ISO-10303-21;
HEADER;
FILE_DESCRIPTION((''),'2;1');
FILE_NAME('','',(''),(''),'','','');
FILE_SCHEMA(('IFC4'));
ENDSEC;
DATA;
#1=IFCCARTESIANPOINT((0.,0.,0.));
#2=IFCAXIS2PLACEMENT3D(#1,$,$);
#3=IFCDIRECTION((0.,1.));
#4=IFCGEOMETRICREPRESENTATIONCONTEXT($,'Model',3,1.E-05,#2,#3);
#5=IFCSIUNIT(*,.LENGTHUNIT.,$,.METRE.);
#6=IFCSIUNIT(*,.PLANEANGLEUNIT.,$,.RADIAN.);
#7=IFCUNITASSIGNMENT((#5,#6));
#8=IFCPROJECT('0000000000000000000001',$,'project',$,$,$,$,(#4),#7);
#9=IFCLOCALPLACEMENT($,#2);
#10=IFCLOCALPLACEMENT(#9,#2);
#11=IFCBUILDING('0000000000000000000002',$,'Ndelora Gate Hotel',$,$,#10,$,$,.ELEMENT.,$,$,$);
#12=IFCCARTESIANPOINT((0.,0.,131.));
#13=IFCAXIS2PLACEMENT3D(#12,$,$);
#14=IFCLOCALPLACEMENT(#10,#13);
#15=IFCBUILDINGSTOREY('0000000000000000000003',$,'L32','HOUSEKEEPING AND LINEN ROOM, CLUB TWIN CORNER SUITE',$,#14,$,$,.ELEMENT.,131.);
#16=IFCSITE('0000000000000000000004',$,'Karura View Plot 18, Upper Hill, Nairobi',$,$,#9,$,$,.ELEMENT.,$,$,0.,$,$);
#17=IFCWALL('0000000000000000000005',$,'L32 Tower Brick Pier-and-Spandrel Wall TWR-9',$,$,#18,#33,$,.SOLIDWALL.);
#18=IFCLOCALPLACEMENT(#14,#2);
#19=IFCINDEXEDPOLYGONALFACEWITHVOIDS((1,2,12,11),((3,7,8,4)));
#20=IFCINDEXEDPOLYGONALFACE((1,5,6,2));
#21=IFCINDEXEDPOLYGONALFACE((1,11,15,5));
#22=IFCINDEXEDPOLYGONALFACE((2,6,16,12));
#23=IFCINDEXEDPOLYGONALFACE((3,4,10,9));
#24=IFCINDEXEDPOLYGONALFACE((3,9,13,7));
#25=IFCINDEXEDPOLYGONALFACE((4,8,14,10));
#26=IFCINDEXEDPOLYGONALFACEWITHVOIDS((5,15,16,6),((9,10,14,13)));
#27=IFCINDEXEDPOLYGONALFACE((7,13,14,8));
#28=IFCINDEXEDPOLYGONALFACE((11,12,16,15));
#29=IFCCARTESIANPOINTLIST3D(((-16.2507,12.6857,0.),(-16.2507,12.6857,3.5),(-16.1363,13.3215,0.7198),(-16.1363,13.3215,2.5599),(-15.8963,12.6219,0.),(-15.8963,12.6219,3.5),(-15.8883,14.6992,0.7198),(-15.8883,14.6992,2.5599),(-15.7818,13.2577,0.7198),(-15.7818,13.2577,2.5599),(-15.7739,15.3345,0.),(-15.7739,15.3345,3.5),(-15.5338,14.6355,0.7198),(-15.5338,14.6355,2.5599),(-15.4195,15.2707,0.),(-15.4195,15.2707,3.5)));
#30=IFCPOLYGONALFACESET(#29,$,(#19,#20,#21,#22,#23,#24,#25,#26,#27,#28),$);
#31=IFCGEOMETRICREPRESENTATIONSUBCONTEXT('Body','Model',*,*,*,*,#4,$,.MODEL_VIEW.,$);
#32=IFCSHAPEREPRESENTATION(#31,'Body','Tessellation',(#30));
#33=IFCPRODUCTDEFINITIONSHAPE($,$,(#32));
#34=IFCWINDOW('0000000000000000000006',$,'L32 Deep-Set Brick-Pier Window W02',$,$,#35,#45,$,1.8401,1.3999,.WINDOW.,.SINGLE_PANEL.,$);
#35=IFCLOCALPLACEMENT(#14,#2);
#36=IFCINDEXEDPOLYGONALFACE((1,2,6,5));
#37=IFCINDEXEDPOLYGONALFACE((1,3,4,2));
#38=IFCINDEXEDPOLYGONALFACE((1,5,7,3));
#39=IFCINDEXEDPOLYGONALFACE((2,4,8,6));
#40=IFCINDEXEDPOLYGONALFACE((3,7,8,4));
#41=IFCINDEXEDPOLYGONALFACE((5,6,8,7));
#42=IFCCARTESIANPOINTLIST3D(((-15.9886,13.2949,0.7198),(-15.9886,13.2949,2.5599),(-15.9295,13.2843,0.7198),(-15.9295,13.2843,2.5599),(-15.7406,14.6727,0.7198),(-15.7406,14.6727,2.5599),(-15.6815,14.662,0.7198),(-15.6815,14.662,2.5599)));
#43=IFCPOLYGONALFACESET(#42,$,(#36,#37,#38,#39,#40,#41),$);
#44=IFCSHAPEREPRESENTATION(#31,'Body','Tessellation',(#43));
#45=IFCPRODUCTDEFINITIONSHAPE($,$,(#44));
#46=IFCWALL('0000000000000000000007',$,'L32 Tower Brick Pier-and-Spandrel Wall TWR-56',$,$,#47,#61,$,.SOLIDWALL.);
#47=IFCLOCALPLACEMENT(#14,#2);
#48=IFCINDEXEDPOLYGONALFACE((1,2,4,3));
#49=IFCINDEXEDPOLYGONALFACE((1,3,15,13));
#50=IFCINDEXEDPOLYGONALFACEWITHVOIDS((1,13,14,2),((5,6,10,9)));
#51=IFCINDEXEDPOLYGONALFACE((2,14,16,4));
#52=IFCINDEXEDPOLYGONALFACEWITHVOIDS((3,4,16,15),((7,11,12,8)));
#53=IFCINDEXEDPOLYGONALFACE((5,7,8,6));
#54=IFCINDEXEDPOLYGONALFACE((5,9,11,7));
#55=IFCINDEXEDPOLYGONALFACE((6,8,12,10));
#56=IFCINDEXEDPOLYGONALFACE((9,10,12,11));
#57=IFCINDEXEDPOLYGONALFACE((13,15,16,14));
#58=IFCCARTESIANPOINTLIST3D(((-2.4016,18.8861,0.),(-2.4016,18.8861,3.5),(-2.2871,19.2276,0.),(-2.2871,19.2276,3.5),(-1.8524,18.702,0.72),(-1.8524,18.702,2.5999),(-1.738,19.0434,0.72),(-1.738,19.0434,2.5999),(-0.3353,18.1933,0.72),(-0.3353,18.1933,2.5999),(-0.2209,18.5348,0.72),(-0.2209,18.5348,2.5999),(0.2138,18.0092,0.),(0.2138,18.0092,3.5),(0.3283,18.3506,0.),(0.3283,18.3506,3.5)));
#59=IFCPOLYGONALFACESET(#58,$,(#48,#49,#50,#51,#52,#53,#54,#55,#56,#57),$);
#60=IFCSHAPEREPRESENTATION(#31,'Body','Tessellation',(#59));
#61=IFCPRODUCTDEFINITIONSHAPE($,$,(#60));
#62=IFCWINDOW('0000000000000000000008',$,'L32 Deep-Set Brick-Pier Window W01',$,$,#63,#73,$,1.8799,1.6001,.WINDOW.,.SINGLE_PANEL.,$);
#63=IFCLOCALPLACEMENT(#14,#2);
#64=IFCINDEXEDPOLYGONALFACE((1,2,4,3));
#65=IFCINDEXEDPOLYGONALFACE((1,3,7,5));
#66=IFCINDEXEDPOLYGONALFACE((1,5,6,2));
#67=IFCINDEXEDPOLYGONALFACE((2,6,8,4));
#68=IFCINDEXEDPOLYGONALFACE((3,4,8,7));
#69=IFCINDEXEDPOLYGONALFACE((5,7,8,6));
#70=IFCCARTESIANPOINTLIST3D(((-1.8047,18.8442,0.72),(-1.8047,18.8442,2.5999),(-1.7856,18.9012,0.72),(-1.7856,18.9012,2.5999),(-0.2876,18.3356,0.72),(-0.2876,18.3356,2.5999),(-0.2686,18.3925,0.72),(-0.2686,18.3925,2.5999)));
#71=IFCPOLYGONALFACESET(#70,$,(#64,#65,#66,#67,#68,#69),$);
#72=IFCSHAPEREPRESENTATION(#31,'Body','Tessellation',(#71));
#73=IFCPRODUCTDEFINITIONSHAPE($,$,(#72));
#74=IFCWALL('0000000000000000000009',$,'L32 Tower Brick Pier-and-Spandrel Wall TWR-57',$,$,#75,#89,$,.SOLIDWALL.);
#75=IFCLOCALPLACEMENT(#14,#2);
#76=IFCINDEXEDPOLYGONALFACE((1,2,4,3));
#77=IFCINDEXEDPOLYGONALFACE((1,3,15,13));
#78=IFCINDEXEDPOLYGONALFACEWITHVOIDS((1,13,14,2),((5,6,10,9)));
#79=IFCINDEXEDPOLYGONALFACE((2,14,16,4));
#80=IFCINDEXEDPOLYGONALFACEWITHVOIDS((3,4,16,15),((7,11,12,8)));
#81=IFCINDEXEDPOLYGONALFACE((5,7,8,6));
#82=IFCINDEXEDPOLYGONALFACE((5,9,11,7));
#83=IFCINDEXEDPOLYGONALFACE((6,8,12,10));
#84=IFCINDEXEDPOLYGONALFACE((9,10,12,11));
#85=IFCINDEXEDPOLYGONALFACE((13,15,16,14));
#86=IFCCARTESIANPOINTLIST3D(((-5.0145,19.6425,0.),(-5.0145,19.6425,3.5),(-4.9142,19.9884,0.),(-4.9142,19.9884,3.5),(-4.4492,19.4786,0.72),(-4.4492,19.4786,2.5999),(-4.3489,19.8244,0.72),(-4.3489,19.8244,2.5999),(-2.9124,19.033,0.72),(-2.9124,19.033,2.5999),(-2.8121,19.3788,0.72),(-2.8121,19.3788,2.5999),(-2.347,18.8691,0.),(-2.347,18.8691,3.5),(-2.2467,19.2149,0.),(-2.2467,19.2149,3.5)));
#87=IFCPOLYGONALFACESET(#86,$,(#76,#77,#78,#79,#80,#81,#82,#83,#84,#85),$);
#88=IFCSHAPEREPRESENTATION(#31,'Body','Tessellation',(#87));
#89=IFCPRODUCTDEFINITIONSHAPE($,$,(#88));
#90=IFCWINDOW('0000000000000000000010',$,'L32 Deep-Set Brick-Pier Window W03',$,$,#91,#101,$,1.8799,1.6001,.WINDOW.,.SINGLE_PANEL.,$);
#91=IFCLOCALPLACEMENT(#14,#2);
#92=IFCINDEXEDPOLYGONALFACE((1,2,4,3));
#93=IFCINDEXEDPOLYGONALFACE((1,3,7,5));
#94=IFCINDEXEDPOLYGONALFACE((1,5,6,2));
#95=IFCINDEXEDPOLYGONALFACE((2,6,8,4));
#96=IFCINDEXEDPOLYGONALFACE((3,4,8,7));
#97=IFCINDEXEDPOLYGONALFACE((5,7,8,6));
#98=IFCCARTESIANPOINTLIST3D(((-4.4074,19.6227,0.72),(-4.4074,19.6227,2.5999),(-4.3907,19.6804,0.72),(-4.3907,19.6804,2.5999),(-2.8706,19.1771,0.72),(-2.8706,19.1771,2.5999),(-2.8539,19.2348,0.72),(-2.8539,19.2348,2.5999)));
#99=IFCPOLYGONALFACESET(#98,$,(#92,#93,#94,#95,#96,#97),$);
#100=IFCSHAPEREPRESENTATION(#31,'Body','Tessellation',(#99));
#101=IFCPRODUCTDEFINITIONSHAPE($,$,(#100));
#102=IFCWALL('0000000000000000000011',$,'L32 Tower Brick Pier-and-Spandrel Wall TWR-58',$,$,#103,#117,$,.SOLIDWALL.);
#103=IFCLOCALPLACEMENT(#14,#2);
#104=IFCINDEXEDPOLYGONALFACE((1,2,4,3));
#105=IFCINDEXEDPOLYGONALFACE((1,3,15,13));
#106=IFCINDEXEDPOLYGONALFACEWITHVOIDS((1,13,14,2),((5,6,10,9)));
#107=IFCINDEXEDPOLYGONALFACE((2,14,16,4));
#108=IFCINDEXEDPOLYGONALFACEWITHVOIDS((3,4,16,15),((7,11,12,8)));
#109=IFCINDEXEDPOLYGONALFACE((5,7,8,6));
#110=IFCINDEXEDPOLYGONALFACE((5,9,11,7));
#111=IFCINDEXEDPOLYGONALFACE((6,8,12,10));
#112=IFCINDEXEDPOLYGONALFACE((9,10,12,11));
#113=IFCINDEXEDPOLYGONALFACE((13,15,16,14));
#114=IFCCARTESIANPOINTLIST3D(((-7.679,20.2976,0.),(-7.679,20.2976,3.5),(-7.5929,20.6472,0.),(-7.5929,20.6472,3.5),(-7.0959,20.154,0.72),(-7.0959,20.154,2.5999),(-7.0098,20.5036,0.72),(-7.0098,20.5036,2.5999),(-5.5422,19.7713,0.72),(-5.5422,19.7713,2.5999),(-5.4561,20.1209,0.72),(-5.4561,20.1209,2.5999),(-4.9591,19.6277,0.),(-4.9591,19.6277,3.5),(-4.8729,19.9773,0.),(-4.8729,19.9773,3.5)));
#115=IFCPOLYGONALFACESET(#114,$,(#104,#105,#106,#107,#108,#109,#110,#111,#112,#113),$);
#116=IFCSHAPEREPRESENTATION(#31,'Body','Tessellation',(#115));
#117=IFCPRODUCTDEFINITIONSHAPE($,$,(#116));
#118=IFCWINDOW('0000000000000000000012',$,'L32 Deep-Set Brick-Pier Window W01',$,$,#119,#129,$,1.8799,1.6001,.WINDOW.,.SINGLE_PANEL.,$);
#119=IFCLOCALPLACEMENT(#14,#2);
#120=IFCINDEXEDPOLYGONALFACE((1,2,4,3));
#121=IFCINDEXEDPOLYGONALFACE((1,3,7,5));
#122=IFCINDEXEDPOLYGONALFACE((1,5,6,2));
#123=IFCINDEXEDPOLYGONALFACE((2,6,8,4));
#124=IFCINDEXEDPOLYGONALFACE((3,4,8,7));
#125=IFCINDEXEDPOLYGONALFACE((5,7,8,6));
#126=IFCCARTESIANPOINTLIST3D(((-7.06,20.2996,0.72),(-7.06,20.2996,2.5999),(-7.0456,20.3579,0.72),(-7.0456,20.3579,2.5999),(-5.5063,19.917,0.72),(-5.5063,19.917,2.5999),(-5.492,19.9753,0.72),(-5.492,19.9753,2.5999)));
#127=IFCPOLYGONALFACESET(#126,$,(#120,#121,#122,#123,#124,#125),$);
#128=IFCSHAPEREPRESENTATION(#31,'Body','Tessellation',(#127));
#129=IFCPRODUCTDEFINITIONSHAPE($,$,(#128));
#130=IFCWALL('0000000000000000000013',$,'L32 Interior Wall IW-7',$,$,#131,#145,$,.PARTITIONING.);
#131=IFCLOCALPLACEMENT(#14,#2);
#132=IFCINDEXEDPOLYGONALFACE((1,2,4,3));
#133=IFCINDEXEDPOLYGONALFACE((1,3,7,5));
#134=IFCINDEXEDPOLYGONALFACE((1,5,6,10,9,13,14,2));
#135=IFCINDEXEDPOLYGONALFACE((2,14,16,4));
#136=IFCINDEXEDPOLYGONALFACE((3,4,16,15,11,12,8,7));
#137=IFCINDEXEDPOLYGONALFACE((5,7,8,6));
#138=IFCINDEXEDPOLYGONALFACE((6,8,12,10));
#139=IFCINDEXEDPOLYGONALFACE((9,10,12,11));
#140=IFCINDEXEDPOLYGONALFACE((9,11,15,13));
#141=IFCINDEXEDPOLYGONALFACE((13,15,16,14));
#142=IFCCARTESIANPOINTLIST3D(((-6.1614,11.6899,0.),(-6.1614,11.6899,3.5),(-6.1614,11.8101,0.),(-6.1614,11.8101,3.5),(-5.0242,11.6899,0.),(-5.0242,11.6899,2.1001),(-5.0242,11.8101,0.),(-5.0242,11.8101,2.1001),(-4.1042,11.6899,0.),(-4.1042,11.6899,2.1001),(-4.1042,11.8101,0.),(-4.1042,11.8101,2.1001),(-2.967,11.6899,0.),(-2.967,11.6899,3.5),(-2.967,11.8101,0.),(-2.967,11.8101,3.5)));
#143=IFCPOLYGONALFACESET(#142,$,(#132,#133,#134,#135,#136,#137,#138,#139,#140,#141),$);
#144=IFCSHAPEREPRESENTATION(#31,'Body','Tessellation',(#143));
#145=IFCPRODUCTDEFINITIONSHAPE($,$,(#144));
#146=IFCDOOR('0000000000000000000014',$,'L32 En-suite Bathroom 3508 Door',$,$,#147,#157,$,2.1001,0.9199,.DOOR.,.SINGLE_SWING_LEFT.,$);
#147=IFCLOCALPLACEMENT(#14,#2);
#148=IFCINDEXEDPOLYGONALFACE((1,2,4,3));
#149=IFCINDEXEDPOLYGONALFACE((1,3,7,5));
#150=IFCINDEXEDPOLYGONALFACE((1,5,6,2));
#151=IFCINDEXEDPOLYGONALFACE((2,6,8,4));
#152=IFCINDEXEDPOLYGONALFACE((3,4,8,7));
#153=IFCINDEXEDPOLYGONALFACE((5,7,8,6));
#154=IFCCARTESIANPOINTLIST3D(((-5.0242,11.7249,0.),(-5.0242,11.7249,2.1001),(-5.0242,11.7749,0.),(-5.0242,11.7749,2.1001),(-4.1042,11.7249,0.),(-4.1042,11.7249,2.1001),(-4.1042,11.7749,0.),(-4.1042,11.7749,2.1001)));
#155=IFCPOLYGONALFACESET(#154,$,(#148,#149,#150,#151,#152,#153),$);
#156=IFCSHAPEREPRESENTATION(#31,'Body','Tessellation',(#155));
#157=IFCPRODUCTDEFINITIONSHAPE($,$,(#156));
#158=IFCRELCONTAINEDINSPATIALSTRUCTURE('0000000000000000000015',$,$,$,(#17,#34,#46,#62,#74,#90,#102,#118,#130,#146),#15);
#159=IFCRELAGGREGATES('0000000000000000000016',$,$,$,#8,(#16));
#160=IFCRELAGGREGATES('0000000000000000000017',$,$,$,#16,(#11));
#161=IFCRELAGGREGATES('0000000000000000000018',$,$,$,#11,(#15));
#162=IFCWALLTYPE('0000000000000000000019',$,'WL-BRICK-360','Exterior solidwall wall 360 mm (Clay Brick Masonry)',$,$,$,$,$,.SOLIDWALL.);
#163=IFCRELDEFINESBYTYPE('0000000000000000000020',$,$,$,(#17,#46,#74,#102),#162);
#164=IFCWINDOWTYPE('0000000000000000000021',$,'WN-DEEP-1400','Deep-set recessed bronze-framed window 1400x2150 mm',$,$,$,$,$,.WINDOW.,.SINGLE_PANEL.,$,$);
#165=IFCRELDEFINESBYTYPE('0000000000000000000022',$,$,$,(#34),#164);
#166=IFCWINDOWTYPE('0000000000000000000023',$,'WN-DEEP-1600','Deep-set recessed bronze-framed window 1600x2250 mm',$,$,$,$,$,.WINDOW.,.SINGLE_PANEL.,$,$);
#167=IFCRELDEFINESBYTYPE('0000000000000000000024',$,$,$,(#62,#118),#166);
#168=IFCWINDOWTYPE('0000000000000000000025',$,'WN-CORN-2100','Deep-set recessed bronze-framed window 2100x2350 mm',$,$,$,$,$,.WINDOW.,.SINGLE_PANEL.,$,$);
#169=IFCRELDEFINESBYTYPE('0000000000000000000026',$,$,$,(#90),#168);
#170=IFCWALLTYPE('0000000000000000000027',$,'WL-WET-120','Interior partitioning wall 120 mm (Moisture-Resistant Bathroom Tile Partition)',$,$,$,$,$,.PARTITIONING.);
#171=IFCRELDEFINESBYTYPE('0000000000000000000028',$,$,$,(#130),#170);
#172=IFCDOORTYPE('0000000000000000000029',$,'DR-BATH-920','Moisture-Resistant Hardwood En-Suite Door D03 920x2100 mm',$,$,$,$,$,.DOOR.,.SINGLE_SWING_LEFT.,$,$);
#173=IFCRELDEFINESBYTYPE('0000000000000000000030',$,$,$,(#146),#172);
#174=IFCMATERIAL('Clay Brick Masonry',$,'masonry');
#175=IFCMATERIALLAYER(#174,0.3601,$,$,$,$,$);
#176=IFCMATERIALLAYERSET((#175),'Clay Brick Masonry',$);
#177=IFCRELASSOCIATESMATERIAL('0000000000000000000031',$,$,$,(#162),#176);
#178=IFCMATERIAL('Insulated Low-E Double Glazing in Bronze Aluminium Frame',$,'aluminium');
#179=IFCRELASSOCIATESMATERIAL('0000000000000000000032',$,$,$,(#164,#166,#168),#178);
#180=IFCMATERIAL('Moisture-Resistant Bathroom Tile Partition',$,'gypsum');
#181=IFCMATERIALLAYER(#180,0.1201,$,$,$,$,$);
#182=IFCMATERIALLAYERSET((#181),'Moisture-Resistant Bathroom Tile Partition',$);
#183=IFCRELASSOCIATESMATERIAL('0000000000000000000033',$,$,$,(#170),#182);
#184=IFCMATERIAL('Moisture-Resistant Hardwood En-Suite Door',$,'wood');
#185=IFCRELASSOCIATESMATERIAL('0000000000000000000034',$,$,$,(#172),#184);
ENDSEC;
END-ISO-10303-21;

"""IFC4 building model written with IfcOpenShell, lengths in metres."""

from ifc_helpers import new_model, si_unit, direction, frame, frame_2d, origin, place, context, subcontext, project, spatial, rectangle, extrude, material, layer, layer_set, type_object, element, fill, save


model = new_model("IFC4")

# Units and contexts
model_context = context("Model", 3, precision=1e-05, world=origin(), true_north=direction((0.0, 1.0)))
body_context = subcontext(model_context, "Body", "Model", "MODEL_VIEW")
ifc_project = project(units=[si_unit("LENGTHUNIT", "METRE"), si_unit("PLANEANGLEUNIT", "RADIAN")], contexts=[model_context])

# Site, building, storey
site_placement = place(None, origin())
site = spatial("IfcSite", under=ifc_project, at=site_placement, Name="Karura View Plot 18, Upper Hill, Nairobi", CompositionType="ELEMENT", RefElevation=0.0)
building_placement = place(site_placement, origin())
building = spatial("IfcBuilding", under=site, at=building_placement, Name="Ndelora Gate Hotel", CompositionType="ELEMENT")
storey_placement = place(building_placement, frame((0.0, 0.0, 131.0)))
storey = spatial("IfcBuildingStorey", under=building, at=storey_placement, Name="L32", Description="HOUSEKEEPING AND LINEN ROOM, CLUB TWIN CORNER SUITE", CompositionType="ELEMENT", Elevation=131.0)

# Shared definitions
ifc_material_1 = material(Name="Clay Brick Masonry", Category="masonry")
ifc_layer_1 = layer(ifc_material_1, 0.3601)
ifc_layer_set_1 = layer_set([ifc_layer_1], Name="Clay Brick Masonry")
wall_type_1 = type_object("IfcWallType", Name="WL-BRICK-360", Description="Exterior solidwall wall 360 mm (Clay Brick Masonry)", PredefinedType="SOLIDWALL", material=ifc_layer_set_1)

# Walls, openings, windows
wall_1_placement = place(storey_placement, frame((-16.0735, 12.6538, 0.0), z_axis=(0.0, 0.0, 1.0), x_axis=(0.177153, 0.984183, 0.0)))
wall_1 = element("IfcWall", 1, at=wall_1_placement, inside=storey, type_object=wall_type_1, Name="L32 Tower Brick Pier-and-Spandrel Wall TWR-9", PredefinedType="SOLIDWALL", context=body_context, shape_type="SweptSolid", body=[
    extrude(rectangle(XDim=2.6914, YDim=0.3601, at=frame_2d((1.3457, 0.0))), origin(), (0.0, 0.0, 1.0), 3.5),
])
opening_1_placement = place(wall_1_placement, frame((0.646, 0.0, 0.72)))
opening_1 = element("IfcOpeningElement", 2, at=opening_1_placement, cuts=wall_1, PredefinedType="OPENING", context=body_context, shape_type="SweptSolid", body=[
    extrude(rectangle(XDim=1.3999, YDim=1.8401, at=frame_2d((0.7, 0.9199))), frame((0.0, 0.1899, 0.0), z_axis=(0.0, -1.0, 0.0), x_axis=(1.0, 0.0, 0.0)), (0.0, 0.0, 1.0), 0.3801),
])
ifc_material_2 = material(Name="Insulated Low-E Double Glazing in Bronze Aluminium Frame", Category="aluminium")
window_type_1 = type_object("IfcWindowType", Name="WN-DEEP-1400", Description="Deep-set recessed bronze-framed window 1400x2150 mm", PartitioningType="SINGLE_PANEL", PredefinedType="WINDOW", material=ifc_material_2)
window_1_placement = place(opening_1_placement, origin())
window_1 = element("IfcWindow", 3, at=window_1_placement, inside=storey, type_object=window_type_1, Name="L32 Deep-Set Brick-Pier Window W02", OverallHeight=1.8401, OverallWidth=1.3999, PartitioningType="SINGLE_PANEL", PredefinedType="WINDOW", context=body_context, shape_type="SweptSolid", body=[
    extrude(rectangle(XDim=1.3999, YDim=1.8401, at=frame_2d((0.7, 0.9199))), frame((0.0, 0.03, 0.0), z_axis=(0.0, -1.0, 0.0), x_axis=(1.0, 0.0, 0.0)), (0.0, 0.0, 1.0), 0.0601),
])
fill(opening_1, window_1)
wall_2_placement = place(storey_placement, frame((-2.3445, 19.0569, 0.0), z_axis=(0.0, 0.0, 1.0), x_axis=(0.948124, -0.3179, 0.0)))
wall_2 = element("IfcWall", 4, at=wall_2_placement, inside=storey, type_object=wall_type_1, Name="L32 Tower Brick Pier-and-Spandrel Wall TWR-56", PredefinedType="SOLIDWALL", context=body_context, shape_type="SweptSolid", body=[
    extrude(rectangle(XDim=2.7585, YDim=0.3601, at=frame_2d((1.3794, 0.0))), origin(), (0.0, 0.0, 1.0), 3.5),
])
opening_2_placement = place(wall_2_placement, frame((0.5793, 0.0, 0.72)))
opening_2 = element("IfcOpeningElement", 5, at=opening_2_placement, cuts=wall_2, PredefinedType="OPENING", context=body_context, shape_type="SweptSolid", body=[
    extrude(rectangle(XDim=1.6001, YDim=1.8799, at=frame_2d((0.8, 0.9399))), frame((0.0, 0.1899, 0.0), z_axis=(0.0, -1.0, 0.0), x_axis=(1.0, 0.0, 0.0)), (0.0, 0.0, 1.0), 0.3801),
])
window_type_2 = type_object("IfcWindowType", Name="WN-DEEP-1600", Description="Deep-set recessed bronze-framed window 1600x2250 mm", PartitioningType="SINGLE_PANEL", PredefinedType="WINDOW", material=ifc_material_2)
window_2_placement = place(opening_2_placement, origin())
window_2 = element("IfcWindow", 6, at=window_2_placement, inside=storey, type_object=window_type_2, Name="L32 Deep-Set Brick-Pier Window W01", OverallHeight=1.8799, OverallWidth=1.6001, PartitioningType="SINGLE_PANEL", PredefinedType="WINDOW", context=body_context, shape_type="SweptSolid", body=[
    extrude(rectangle(XDim=1.6001, YDim=1.8799, at=frame_2d((0.8, 0.9399))), frame((0.0, 0.03, 0.0), z_axis=(0.0, -1.0, 0.0), x_axis=(1.0, 0.0, 0.0)), (0.0, 0.0, 1.0), 0.0601),
])
fill(opening_2, window_2)
wall_3_placement = place(storey_placement, frame((-4.9644, 19.8154, 0.0), z_axis=(0.0, 0.0, 1.0), x_axis=(0.960442, -0.278481, 0.0)))
wall_3 = element("IfcWall", 7, at=wall_3_placement, inside=storey, type_object=wall_type_1, Name="L32 Tower Brick Pier-and-Spandrel Wall TWR-57", PredefinedType="SOLIDWALL", context=body_context, shape_type="SweptSolid", body=[
    extrude(rectangle(XDim=2.7773, YDim=0.3601, at=frame_2d((1.3887, 0.0))), origin(), (0.0, 0.0, 1.0), 3.5),
])
opening_3_placement = place(wall_3_placement, frame((0.5886, 0.0, 0.72)))
opening_3 = element("IfcOpeningElement", 8, at=opening_3_placement, cuts=wall_3, PredefinedType="OPENING", context=body_context, shape_type="SweptSolid", body=[
    extrude(rectangle(XDim=1.6001, YDim=1.8799, at=frame_2d((0.8, 0.9399))), frame((0.0, 0.1899, 0.0), z_axis=(0.0, -1.0, 0.0), x_axis=(1.0, 0.0, 0.0)), (0.0, 0.0, 1.0), 0.3801),
])
window_type_3 = type_object("IfcWindowType", Name="WN-CORN-2100", Description="Deep-set recessed bronze-framed window 2100x2350 mm", PartitioningType="SINGLE_PANEL", PredefinedType="WINDOW", material=ifc_material_2)
window_3_placement = place(opening_3_placement, origin())
window_3 = element("IfcWindow", 9, at=window_3_placement, inside=storey, type_object=window_type_3, Name="L32 Deep-Set Brick-Pier Window W03", OverallHeight=1.8799, OverallWidth=1.6001, PartitioningType="SINGLE_PANEL", PredefinedType="WINDOW", context=body_context, shape_type="SweptSolid", body=[
    extrude(rectangle(XDim=1.6001, YDim=1.8799, at=frame_2d((0.8, 0.9399))), frame((0.0, 0.03, 0.0), z_axis=(0.0, -1.0, 0.0), x_axis=(1.0, 0.0, 0.0)), (0.0, 0.0, 1.0), 0.0601),
])
fill(opening_3, window_3)
wall_4_placement = place(storey_placement, frame((-7.636, 20.4724, 0.0), z_axis=(0.0, 0.0, 1.0), x_axis=(0.970983, -0.239151, 0.0)))
wall_4 = element("IfcWall", 10, at=wall_4_placement, inside=storey, type_object=wall_type_1, Name="L32 Tower Brick Pier-and-Spandrel Wall TWR-58", PredefinedType="SOLIDWALL", context=body_context, shape_type="SweptSolid", body=[
    extrude(rectangle(XDim=2.8013, YDim=0.3601, at=frame_2d((1.4006, 0.0))), origin(), (0.0, 0.0, 1.0), 3.5),
])
opening_4_placement = place(wall_4_placement, frame((0.6006, 0.0, 0.72)))
opening_4 = element("IfcOpeningElement", 11, at=opening_4_placement, cuts=wall_4, PredefinedType="OPENING", context=body_context, shape_type="SweptSolid", body=[
    extrude(rectangle(XDim=1.6001, YDim=1.8799, at=frame_2d((0.8, 0.9399))), frame((0.0, 0.1899, 0.0), z_axis=(0.0, -1.0, 0.0), x_axis=(1.0, 0.0, 0.0)), (0.0, 0.0, 1.0), 0.3801),
])
window_4_placement = place(opening_4_placement, origin())
window_4 = element("IfcWindow", 12, at=window_4_placement, inside=storey, type_object=window_type_2, Name="L32 Deep-Set Brick-Pier Window W01", OverallHeight=1.8799, OverallWidth=1.6001, PartitioningType="SINGLE_PANEL", PredefinedType="WINDOW", context=body_context, shape_type="SweptSolid", body=[
    extrude(rectangle(XDim=1.6001, YDim=1.8799, at=frame_2d((0.8, 0.9399))), frame((0.0, 0.03, 0.0), z_axis=(0.0, -1.0, 0.0), x_axis=(1.0, 0.0, 0.0)), (0.0, 0.0, 1.0), 0.0601),
])
fill(opening_4, window_4)

# Wall, opening, door
ifc_material_3 = material(Name="Moisture-Resistant Bathroom Tile Partition", Category="gypsum")
ifc_layer_2 = layer(ifc_material_3, 0.1201)
ifc_layer_set_2 = layer_set([ifc_layer_2], Name="Moisture-Resistant Bathroom Tile Partition")
wall_type_2 = type_object("IfcWallType", Name="WL-WET-120", Description="Interior partitioning wall 120 mm (Moisture-Resistant Bathroom Tile Partition)", PredefinedType="PARTITIONING", material=ifc_layer_set_2)
wall_5_placement = place(storey_placement, frame((-6.1614, 11.75, 0.0), z_axis=(0.0, 0.0, 1.0), x_axis=(1.0, 0.0, 0.0)))
wall_5 = element("IfcWall", 13, at=wall_5_placement, inside=storey, type_object=wall_type_2, Name="L32 Interior Wall IW-7", PredefinedType="PARTITIONING", context=body_context, shape_type="SweptSolid", body=[
    extrude(rectangle(XDim=3.1943, YDim=0.1201, at=frame_2d((1.5972, 0.0))), origin(), (0.0, 0.0, 1.0), 3.5),
])
opening_5_placement = place(wall_5_placement, frame((1.1372, 0.0, 0.0)))
opening_5 = element("IfcOpeningElement", 14, at=opening_5_placement, cuts=wall_5, PredefinedType="OPENING", context=body_context, shape_type="SweptSolid", body=[
    extrude(rectangle(XDim=0.9199, YDim=2.1001, at=frame_2d((0.46, 1.05))), frame((0.0, 0.0701, 0.0), z_axis=(0.0, -1.0, 0.0), x_axis=(1.0, 0.0, 0.0)), (0.0, 0.0, 1.0), 0.1401),
])
ifc_material_4 = material(Name="Moisture-Resistant Hardwood En-Suite Door", Category="wood")
door_type = type_object("IfcDoorType", Name="DR-BATH-920", Description="Moisture-Resistant Hardwood En-Suite Door D03 920x2100 mm", OperationType="SINGLE_SWING_LEFT", PredefinedType="DOOR", material=ifc_material_4)
door_placement = place(opening_5_placement, origin())
door = element("IfcDoor", 15, at=door_placement, inside=storey, type_object=door_type, Name="L32 En-suite Bathroom 3508 Door", OperationType="SINGLE_SWING_LEFT", OverallHeight=2.1001, OverallWidth=0.9199, PredefinedType="DOOR", context=body_context, shape_type="SweptSolid", body=[
    extrude(rectangle(XDim=0.9199, YDim=2.1001, at=frame_2d((0.46, 1.05))), frame((0.0, 0.0249, 0.0), z_axis=(0.0, -1.0, 0.0), x_axis=(1.0, 0.0, 0.0)), (0.0, 0.0, 1.0), 0.05),
])
fill(opening_5, door)

save(model, "model.ifc")
